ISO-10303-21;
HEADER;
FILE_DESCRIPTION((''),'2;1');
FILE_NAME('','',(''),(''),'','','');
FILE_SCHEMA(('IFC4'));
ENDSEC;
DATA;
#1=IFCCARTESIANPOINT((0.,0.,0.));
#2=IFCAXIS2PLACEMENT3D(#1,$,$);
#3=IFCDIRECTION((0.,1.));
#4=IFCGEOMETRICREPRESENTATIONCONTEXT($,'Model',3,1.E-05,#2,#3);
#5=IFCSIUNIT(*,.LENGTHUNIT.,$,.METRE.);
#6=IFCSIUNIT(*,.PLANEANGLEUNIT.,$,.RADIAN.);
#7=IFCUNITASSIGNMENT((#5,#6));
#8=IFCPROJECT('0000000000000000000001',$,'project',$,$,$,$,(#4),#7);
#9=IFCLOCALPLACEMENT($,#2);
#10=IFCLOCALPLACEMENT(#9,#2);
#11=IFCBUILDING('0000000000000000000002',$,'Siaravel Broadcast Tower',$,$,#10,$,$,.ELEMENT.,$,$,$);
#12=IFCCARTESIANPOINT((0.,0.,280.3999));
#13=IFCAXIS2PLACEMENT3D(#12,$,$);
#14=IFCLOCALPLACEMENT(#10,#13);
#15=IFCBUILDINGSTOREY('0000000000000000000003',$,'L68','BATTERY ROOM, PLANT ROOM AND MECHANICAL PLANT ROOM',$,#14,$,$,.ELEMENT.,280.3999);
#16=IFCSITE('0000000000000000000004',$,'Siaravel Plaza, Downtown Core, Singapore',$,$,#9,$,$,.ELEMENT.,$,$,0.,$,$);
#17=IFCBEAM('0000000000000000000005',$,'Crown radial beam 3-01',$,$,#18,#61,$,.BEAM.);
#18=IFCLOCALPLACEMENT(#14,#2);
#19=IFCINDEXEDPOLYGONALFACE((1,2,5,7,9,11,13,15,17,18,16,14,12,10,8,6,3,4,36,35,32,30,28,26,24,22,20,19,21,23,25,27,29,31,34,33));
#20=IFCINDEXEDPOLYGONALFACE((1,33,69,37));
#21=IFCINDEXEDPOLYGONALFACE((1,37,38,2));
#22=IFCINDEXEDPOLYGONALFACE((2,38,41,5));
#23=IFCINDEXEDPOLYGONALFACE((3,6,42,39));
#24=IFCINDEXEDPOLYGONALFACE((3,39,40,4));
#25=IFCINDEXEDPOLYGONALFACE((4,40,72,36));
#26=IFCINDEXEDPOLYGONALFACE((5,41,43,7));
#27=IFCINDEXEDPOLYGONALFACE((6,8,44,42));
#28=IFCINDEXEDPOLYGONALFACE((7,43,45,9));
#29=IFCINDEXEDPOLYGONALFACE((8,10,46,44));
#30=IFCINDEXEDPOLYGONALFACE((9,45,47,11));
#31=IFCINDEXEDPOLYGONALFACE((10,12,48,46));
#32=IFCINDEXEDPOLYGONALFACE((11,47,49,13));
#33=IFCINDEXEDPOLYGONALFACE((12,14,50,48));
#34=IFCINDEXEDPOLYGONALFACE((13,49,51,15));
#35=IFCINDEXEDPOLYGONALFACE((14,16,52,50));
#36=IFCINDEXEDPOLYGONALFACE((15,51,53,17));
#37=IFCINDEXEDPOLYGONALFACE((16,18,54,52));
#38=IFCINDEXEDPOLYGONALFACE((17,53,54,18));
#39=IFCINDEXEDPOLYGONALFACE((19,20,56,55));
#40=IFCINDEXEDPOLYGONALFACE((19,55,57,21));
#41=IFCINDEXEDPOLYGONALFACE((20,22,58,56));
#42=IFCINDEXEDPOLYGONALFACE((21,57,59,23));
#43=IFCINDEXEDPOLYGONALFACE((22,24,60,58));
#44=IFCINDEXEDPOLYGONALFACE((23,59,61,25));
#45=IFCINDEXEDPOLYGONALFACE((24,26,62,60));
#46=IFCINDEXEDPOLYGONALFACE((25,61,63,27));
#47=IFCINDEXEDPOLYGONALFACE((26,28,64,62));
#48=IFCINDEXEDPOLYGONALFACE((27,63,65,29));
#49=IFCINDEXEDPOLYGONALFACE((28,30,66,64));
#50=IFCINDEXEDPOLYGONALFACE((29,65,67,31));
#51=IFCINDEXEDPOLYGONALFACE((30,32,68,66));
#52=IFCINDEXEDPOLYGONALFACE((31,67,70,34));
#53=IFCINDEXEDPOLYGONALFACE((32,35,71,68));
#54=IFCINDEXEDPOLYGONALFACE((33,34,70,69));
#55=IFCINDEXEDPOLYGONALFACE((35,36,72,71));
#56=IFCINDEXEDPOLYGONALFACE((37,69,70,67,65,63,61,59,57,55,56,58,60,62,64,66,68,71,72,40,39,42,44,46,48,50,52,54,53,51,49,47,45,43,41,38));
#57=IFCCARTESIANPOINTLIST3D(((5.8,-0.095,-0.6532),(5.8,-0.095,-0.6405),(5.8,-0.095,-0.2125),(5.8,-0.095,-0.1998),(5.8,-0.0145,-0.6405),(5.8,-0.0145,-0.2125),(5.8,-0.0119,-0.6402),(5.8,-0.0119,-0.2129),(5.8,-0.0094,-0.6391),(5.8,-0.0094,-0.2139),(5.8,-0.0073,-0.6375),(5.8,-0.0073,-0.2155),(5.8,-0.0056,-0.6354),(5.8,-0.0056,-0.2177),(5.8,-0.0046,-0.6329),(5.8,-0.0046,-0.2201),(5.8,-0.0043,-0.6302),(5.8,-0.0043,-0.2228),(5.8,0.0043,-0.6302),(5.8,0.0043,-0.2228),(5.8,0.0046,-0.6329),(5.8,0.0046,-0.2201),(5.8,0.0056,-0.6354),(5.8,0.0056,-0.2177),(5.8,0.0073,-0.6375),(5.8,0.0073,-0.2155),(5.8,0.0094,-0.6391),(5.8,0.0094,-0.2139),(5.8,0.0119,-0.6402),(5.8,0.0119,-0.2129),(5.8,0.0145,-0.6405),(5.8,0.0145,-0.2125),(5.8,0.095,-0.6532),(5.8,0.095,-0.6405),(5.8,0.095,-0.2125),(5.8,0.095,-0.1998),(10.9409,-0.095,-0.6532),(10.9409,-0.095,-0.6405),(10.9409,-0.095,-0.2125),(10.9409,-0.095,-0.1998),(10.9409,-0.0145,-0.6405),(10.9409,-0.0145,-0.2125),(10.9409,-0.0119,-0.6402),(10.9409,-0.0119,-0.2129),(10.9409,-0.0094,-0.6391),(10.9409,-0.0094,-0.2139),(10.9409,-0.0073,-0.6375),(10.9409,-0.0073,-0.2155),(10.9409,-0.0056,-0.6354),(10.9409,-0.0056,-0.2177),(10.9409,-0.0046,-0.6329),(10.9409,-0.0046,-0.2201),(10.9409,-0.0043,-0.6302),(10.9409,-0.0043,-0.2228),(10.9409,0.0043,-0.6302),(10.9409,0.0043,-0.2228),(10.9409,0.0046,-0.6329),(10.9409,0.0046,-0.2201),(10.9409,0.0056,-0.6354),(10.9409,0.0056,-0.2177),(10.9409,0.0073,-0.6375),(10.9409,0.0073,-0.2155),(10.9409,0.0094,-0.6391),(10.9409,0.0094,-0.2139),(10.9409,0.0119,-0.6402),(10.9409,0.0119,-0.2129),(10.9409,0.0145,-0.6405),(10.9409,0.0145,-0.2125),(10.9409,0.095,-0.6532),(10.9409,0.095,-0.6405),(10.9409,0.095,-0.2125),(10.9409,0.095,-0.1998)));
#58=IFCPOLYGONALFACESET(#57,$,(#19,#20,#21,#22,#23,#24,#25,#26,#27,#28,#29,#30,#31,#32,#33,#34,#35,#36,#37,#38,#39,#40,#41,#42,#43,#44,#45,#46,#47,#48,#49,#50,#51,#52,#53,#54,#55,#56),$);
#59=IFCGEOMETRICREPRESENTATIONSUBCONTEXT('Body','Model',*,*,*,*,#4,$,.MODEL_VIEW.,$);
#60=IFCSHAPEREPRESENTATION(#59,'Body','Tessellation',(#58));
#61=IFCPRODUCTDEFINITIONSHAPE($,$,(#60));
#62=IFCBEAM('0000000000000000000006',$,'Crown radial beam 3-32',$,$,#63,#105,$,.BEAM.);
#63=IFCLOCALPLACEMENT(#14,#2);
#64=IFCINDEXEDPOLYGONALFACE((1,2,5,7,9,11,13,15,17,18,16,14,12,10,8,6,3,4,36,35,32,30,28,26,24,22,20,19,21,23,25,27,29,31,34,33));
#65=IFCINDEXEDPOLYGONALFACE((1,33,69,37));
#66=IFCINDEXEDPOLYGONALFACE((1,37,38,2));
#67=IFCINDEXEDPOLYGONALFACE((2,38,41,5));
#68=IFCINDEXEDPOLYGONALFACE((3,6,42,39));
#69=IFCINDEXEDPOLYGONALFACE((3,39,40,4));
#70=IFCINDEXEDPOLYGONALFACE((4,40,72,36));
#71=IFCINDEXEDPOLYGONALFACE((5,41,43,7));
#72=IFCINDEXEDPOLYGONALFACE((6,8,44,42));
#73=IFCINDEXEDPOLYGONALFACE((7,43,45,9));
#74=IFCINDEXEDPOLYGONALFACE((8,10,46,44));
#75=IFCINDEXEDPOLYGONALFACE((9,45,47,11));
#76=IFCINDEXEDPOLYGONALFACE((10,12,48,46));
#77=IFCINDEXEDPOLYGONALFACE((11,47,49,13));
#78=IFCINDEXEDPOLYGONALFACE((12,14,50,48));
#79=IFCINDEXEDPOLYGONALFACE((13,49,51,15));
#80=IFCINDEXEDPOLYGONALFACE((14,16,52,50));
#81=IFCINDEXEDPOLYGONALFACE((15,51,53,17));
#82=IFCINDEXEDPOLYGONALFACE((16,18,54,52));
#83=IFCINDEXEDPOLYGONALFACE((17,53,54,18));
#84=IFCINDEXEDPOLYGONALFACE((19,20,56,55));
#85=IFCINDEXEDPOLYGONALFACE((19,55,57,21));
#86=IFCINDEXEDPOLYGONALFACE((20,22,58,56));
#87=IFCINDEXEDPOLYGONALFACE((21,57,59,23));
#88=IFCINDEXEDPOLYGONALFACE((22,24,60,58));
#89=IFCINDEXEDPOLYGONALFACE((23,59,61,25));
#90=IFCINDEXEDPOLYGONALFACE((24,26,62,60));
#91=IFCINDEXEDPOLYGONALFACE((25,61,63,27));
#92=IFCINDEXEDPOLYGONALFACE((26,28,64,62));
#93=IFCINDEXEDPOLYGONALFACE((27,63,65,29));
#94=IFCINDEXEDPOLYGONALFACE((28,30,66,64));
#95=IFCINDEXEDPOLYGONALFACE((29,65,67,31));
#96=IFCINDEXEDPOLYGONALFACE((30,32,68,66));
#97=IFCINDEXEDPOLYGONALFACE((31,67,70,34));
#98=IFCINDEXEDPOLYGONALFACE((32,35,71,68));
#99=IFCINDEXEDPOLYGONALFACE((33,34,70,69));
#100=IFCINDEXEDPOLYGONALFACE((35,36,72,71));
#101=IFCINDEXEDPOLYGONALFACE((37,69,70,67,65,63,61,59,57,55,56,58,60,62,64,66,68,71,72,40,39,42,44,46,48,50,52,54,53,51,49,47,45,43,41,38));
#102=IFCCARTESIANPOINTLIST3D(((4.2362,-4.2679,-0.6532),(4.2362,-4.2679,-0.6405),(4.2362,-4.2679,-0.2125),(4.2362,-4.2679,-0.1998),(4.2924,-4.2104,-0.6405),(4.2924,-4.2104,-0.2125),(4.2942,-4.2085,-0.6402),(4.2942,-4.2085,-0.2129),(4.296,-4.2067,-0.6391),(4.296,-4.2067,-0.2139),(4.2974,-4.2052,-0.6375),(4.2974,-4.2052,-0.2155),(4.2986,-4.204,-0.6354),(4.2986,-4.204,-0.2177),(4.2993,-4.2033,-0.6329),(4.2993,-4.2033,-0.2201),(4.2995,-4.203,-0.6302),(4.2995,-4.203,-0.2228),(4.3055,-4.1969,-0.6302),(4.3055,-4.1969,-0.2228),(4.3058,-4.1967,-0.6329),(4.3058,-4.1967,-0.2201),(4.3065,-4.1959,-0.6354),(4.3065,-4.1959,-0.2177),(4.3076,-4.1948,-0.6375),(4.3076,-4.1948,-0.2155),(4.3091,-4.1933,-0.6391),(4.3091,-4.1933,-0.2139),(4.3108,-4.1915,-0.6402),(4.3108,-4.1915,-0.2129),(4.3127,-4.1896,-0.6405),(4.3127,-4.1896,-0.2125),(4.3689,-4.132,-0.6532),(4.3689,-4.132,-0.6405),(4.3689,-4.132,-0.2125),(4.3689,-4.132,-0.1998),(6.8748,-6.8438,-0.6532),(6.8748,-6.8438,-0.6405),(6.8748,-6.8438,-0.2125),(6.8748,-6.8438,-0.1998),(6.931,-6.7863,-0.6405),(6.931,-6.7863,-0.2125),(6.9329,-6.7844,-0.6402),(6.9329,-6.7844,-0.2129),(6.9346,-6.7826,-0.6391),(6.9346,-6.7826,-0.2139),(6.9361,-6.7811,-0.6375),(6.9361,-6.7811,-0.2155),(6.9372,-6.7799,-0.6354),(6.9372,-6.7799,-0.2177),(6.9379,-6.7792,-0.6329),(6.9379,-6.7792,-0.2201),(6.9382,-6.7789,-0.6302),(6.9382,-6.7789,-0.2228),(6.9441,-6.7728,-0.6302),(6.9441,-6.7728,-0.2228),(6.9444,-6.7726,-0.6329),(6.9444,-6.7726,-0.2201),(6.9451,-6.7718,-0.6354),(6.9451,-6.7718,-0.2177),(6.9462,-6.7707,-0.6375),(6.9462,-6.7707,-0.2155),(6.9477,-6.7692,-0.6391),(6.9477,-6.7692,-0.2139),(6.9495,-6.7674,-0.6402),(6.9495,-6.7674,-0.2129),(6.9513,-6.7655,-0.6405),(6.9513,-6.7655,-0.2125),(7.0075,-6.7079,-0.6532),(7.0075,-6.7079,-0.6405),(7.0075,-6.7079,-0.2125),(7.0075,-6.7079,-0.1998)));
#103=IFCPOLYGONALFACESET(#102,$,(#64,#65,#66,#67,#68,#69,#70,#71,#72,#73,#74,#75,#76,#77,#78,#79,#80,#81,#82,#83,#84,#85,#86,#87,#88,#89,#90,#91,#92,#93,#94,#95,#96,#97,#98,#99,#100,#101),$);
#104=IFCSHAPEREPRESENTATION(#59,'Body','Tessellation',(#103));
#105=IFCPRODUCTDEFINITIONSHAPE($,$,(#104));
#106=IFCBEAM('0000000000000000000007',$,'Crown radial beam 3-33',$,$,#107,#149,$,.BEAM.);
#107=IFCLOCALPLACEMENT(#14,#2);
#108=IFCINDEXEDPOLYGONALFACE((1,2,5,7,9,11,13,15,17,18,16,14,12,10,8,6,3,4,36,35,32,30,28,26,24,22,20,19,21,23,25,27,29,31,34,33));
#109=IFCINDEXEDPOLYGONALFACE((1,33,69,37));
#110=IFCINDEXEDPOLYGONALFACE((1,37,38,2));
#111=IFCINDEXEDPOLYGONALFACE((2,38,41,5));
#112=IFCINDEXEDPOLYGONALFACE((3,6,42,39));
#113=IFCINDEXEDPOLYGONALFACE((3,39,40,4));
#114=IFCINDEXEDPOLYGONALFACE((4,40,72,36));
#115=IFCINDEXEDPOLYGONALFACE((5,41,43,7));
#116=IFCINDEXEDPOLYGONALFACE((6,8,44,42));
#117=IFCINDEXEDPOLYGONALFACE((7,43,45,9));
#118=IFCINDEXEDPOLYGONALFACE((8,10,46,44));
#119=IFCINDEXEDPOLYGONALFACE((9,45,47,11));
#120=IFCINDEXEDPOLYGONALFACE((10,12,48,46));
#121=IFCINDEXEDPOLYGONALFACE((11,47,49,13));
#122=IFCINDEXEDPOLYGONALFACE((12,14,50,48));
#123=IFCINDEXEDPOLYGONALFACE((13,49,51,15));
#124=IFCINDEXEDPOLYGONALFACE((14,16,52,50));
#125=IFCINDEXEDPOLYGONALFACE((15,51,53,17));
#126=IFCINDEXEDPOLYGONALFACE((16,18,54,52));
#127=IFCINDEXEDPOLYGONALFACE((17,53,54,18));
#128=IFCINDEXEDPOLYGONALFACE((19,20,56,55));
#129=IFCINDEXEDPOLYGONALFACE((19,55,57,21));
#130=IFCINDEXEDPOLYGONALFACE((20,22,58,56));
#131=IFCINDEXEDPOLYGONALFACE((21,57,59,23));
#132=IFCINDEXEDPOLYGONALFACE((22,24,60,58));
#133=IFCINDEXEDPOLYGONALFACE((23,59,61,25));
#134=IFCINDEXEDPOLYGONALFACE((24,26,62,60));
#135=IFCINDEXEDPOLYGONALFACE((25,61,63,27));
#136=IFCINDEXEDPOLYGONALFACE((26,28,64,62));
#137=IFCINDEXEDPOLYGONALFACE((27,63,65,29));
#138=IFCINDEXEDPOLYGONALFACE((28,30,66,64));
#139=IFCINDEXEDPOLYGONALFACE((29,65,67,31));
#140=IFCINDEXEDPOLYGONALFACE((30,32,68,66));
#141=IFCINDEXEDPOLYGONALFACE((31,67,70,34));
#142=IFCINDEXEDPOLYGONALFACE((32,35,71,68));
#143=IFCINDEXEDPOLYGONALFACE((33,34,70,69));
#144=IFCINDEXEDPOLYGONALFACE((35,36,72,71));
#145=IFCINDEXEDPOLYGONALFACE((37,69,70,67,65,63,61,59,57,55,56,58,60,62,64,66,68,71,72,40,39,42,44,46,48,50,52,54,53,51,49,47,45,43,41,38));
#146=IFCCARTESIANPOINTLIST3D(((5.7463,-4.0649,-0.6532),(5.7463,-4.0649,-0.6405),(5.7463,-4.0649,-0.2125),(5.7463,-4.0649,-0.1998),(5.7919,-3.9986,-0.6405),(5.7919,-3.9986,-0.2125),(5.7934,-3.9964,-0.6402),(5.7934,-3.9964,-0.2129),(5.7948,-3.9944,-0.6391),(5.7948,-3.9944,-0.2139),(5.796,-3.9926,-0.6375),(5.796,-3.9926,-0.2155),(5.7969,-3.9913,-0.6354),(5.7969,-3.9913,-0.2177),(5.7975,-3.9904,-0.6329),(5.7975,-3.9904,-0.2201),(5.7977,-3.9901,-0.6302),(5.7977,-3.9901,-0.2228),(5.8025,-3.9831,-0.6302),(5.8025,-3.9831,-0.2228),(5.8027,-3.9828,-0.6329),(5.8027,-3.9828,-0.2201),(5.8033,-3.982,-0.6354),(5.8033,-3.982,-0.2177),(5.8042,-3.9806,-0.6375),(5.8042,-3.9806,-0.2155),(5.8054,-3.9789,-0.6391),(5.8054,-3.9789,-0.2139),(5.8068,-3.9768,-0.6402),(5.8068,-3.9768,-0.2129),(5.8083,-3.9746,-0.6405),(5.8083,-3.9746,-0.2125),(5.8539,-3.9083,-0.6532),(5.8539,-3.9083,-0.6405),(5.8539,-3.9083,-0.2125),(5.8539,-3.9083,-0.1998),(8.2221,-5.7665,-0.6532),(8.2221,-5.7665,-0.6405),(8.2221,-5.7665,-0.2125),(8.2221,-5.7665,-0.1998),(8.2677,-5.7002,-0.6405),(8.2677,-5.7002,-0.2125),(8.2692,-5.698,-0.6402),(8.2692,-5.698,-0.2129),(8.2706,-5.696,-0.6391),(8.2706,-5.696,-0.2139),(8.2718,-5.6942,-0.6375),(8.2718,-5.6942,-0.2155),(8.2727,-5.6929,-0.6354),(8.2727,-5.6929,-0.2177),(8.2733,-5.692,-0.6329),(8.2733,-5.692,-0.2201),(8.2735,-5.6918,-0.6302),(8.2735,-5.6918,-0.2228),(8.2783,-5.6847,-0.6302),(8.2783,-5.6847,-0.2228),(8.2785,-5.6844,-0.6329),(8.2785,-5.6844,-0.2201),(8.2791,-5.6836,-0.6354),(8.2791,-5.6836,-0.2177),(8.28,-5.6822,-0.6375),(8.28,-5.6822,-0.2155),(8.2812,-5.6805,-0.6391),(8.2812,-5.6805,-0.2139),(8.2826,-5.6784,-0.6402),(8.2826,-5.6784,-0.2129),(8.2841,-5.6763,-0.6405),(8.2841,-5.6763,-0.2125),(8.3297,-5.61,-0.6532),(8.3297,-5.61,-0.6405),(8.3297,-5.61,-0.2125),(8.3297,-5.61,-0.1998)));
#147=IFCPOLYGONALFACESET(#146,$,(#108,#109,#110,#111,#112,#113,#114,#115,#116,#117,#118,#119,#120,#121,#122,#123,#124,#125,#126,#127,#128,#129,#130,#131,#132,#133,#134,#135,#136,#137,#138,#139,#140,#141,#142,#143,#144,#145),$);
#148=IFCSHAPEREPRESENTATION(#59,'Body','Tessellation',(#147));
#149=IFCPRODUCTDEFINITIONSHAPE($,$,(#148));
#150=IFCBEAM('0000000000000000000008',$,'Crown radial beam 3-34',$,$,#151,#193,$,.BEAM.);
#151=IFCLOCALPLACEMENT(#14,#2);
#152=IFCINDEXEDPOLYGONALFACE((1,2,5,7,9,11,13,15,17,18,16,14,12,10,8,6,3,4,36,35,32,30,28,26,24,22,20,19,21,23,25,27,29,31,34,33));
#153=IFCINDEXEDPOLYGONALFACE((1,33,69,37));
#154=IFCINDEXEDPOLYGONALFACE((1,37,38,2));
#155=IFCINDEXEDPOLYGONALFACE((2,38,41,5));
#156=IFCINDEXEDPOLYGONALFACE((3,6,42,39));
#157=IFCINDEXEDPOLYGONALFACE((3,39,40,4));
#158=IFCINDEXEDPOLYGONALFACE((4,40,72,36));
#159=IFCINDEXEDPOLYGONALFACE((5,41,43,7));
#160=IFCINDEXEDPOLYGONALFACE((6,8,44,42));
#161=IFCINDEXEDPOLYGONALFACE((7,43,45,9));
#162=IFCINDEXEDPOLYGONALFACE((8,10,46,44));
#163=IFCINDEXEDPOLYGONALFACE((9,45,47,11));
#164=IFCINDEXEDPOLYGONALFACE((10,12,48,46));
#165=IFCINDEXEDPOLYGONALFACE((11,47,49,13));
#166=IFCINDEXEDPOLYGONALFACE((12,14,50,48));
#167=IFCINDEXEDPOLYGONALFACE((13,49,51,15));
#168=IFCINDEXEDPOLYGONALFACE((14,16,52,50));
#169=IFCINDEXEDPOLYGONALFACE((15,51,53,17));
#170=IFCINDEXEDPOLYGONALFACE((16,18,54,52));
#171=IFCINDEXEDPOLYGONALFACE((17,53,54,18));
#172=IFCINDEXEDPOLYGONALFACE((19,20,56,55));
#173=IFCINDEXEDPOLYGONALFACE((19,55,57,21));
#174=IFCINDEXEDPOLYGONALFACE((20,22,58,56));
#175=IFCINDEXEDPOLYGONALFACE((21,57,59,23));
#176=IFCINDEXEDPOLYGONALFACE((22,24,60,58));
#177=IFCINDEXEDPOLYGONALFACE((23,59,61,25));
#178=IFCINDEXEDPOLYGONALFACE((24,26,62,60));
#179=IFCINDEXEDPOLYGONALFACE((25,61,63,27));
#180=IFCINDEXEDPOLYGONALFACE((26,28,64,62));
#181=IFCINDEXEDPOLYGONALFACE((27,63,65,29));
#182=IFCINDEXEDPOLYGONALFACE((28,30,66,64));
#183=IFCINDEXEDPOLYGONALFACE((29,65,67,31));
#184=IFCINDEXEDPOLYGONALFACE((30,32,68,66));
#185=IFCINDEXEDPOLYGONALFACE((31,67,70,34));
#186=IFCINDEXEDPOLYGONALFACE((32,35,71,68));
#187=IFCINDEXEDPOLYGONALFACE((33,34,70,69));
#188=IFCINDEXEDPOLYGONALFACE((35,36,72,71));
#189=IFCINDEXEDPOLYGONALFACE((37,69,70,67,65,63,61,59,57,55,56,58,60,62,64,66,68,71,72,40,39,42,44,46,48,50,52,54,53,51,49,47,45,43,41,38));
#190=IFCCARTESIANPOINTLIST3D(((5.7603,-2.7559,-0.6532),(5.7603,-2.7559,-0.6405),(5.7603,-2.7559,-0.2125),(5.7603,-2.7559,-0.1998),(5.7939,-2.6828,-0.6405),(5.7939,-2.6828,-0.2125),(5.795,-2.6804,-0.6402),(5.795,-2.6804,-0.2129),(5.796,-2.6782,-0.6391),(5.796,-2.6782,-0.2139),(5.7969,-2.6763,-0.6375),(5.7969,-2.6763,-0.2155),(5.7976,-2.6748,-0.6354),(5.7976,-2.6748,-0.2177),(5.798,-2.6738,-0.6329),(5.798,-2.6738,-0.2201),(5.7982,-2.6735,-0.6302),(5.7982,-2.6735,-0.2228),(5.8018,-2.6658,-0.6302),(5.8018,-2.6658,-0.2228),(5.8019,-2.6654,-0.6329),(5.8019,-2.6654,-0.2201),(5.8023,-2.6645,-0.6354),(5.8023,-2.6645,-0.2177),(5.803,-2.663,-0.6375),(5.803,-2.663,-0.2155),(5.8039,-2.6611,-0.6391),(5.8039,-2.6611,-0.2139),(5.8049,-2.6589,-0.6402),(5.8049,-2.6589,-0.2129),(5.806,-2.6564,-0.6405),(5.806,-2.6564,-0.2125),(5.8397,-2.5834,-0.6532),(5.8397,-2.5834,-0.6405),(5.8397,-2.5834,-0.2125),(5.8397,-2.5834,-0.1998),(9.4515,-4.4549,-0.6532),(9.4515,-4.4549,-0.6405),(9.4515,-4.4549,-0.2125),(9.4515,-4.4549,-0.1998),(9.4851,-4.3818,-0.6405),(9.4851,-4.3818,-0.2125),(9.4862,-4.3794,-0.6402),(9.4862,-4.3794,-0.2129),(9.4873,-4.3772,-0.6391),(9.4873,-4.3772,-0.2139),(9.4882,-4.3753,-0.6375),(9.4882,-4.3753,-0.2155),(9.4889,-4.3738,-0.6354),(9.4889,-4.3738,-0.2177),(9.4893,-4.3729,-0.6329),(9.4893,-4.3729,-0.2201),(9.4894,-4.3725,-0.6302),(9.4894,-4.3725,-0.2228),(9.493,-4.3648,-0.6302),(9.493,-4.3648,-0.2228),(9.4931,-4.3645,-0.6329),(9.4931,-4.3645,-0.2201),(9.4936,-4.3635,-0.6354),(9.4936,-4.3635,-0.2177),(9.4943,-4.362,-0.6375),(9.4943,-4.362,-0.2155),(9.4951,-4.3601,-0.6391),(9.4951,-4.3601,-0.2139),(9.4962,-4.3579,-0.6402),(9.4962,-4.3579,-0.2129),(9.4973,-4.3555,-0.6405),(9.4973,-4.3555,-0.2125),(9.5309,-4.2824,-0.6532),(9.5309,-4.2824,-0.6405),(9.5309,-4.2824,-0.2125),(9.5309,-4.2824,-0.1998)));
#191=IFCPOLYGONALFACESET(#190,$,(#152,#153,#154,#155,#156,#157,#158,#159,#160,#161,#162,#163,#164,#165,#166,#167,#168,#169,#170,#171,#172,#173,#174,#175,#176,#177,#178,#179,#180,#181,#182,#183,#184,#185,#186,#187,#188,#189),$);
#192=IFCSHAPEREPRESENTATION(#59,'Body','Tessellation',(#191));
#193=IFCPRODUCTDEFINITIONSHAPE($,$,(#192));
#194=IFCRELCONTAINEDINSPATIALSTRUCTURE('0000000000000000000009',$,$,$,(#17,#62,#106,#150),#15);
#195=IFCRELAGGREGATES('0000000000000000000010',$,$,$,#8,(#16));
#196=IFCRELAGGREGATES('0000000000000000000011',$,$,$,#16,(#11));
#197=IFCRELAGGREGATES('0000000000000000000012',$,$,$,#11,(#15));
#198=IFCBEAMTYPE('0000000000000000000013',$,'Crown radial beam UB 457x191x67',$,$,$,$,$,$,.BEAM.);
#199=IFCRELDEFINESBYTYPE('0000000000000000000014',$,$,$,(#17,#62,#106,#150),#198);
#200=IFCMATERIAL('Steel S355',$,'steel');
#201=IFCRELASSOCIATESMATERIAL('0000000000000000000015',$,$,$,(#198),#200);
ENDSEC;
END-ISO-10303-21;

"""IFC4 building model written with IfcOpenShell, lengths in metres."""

from ifc_helpers import new_model, si_unit, direction, frame, origin, origin_2d, place, context, subcontext, project, spatial, i_section, extrude, material, material_profile, profile_set, type_object, element, save


model = new_model("IFC4")

# Units and contexts
model_context = context("Model", 3, precision=1e-05, world=origin(), true_north=direction((0.0, 1.0)))
body_context = subcontext(model_context, "Body", "Model", "MODEL_VIEW")
ifc_project = project(units=[si_unit("LENGTHUNIT", "METRE"), si_unit("PLANEANGLEUNIT", "RADIAN")], contexts=[model_context])

# Site, building, storey
site_placement = place(None, origin())
site = spatial("IfcSite", under=ifc_project, at=site_placement, Name="Siaravel Plaza, Downtown Core, Singapore", CompositionType="ELEMENT", RefElevation=0.0)
building_placement = place(site_placement, origin())
building = spatial("IfcBuilding", under=site, at=building_placement, Name="Siaravel Broadcast Tower", CompositionType="ELEMENT")
storey_placement = place(building_placement, frame((0.0, 0.0, 280.3999)))
storey = spatial("IfcBuildingStorey", under=building, at=storey_placement, Name="L68", Description="BATTERY ROOM, PLANT ROOM AND MECHANICAL PLANT ROOM", CompositionType="ELEMENT", Elevation=280.3999)

# Beams
ifc_material_1 = material(Name="Steel S355", Category="steel")
ifc_material_profile_1 = material_profile(ifc_material_1, i_section(OverallWidth=0.1899, OverallDepth=0.4534, WebThickness=0.0085, FlangeThickness=0.0127, FilletRadius=0.0103, at=origin_2d()))
ifc_profile_set_1 = profile_set([ifc_material_profile_1], Name="Steel S355")
beam_type_1 = type_object("IfcBeamType", Name="Crown radial beam UB 457x191x67", PredefinedType="BEAM", material=ifc_profile_set_1)
beam_1_placement = place(storey_placement, frame((10.9409, 0.0, -0.4265), z_axis=(-1.0, 0.0, 0.0), x_axis=(0.0, -1.0, 0.0)))
element("IfcBeam", 1, at=beam_1_placement, inside=storey, type_object=beam_type_1, Name="Crown radial beam 3-01", PredefinedType="BEAM", context=body_context, shape_type="SweptSolid", body=[
    extrude(i_section(OverallWidth=0.1899, OverallDepth=0.4534, WebThickness=0.0085, FlangeThickness=0.0127, FilletRadius=0.0103, at=origin_2d()), origin(), (0.0, 0.0, 1.0), 5.1409),
])
beam_2_placement = place(storey_placement, frame((6.9412, -6.7759, -0.4265), z_axis=(-0.715563, 0.698548, 0.0), x_axis=(-0.698548, -0.715563, 0.0)))
element("IfcBeam", 2, at=beam_2_placement, inside=storey, type_object=beam_type_1, Name="Crown radial beam 3-32", PredefinedType="BEAM", context=body_context, shape_type="SweptSolid", body=[
    extrude(i_section(OverallWidth=0.1899, OverallDepth=0.4534, WebThickness=0.0085, FlangeThickness=0.0127, FilletRadius=0.0103, at=origin_2d()), origin(), (0.0, 0.0, 1.0), 3.6875),
])
beam_3_placement = place(storey_placement, frame((8.2759, -5.6882, -0.4265), z_axis=(-0.824115, 0.566422, 0.0), x_axis=(-0.566422, -0.824115, 0.0)))
element("IfcBeam", 3, at=beam_3_placement, inside=storey, type_object=beam_type_1, Name="Crown radial beam 3-33", PredefinedType="BEAM", context=body_context, shape_type="SweptSolid", body=[
    extrude(i_section(OverallWidth=0.1899, OverallDepth=0.4534, WebThickness=0.0085, FlangeThickness=0.0127, FilletRadius=0.0103, at=origin_2d()), origin(), (0.0, 0.0, 1.0), 3.0042),
])
beam_4_placement = place(storey_placement, frame((9.4912, -4.3687, -0.4265), z_axis=(-0.908393, 0.418117, 0.0), x_axis=(-0.418117, -0.908393, 0.0)))
element("IfcBeam", 4, at=beam_4_placement, inside=storey, type_object=beam_type_1, Name="Crown radial beam 3-34", PredefinedType="BEAM", context=body_context, shape_type="SweptSolid", body=[
    extrude(i_section(OverallWidth=0.1899, OverallDepth=0.4534, WebThickness=0.0085, FlangeThickness=0.0127, FilletRadius=0.0103, at=origin_2d()), origin(), (0.0, 0.0, 1.0), 4.0635),
])

save(model, "model.ifc")
